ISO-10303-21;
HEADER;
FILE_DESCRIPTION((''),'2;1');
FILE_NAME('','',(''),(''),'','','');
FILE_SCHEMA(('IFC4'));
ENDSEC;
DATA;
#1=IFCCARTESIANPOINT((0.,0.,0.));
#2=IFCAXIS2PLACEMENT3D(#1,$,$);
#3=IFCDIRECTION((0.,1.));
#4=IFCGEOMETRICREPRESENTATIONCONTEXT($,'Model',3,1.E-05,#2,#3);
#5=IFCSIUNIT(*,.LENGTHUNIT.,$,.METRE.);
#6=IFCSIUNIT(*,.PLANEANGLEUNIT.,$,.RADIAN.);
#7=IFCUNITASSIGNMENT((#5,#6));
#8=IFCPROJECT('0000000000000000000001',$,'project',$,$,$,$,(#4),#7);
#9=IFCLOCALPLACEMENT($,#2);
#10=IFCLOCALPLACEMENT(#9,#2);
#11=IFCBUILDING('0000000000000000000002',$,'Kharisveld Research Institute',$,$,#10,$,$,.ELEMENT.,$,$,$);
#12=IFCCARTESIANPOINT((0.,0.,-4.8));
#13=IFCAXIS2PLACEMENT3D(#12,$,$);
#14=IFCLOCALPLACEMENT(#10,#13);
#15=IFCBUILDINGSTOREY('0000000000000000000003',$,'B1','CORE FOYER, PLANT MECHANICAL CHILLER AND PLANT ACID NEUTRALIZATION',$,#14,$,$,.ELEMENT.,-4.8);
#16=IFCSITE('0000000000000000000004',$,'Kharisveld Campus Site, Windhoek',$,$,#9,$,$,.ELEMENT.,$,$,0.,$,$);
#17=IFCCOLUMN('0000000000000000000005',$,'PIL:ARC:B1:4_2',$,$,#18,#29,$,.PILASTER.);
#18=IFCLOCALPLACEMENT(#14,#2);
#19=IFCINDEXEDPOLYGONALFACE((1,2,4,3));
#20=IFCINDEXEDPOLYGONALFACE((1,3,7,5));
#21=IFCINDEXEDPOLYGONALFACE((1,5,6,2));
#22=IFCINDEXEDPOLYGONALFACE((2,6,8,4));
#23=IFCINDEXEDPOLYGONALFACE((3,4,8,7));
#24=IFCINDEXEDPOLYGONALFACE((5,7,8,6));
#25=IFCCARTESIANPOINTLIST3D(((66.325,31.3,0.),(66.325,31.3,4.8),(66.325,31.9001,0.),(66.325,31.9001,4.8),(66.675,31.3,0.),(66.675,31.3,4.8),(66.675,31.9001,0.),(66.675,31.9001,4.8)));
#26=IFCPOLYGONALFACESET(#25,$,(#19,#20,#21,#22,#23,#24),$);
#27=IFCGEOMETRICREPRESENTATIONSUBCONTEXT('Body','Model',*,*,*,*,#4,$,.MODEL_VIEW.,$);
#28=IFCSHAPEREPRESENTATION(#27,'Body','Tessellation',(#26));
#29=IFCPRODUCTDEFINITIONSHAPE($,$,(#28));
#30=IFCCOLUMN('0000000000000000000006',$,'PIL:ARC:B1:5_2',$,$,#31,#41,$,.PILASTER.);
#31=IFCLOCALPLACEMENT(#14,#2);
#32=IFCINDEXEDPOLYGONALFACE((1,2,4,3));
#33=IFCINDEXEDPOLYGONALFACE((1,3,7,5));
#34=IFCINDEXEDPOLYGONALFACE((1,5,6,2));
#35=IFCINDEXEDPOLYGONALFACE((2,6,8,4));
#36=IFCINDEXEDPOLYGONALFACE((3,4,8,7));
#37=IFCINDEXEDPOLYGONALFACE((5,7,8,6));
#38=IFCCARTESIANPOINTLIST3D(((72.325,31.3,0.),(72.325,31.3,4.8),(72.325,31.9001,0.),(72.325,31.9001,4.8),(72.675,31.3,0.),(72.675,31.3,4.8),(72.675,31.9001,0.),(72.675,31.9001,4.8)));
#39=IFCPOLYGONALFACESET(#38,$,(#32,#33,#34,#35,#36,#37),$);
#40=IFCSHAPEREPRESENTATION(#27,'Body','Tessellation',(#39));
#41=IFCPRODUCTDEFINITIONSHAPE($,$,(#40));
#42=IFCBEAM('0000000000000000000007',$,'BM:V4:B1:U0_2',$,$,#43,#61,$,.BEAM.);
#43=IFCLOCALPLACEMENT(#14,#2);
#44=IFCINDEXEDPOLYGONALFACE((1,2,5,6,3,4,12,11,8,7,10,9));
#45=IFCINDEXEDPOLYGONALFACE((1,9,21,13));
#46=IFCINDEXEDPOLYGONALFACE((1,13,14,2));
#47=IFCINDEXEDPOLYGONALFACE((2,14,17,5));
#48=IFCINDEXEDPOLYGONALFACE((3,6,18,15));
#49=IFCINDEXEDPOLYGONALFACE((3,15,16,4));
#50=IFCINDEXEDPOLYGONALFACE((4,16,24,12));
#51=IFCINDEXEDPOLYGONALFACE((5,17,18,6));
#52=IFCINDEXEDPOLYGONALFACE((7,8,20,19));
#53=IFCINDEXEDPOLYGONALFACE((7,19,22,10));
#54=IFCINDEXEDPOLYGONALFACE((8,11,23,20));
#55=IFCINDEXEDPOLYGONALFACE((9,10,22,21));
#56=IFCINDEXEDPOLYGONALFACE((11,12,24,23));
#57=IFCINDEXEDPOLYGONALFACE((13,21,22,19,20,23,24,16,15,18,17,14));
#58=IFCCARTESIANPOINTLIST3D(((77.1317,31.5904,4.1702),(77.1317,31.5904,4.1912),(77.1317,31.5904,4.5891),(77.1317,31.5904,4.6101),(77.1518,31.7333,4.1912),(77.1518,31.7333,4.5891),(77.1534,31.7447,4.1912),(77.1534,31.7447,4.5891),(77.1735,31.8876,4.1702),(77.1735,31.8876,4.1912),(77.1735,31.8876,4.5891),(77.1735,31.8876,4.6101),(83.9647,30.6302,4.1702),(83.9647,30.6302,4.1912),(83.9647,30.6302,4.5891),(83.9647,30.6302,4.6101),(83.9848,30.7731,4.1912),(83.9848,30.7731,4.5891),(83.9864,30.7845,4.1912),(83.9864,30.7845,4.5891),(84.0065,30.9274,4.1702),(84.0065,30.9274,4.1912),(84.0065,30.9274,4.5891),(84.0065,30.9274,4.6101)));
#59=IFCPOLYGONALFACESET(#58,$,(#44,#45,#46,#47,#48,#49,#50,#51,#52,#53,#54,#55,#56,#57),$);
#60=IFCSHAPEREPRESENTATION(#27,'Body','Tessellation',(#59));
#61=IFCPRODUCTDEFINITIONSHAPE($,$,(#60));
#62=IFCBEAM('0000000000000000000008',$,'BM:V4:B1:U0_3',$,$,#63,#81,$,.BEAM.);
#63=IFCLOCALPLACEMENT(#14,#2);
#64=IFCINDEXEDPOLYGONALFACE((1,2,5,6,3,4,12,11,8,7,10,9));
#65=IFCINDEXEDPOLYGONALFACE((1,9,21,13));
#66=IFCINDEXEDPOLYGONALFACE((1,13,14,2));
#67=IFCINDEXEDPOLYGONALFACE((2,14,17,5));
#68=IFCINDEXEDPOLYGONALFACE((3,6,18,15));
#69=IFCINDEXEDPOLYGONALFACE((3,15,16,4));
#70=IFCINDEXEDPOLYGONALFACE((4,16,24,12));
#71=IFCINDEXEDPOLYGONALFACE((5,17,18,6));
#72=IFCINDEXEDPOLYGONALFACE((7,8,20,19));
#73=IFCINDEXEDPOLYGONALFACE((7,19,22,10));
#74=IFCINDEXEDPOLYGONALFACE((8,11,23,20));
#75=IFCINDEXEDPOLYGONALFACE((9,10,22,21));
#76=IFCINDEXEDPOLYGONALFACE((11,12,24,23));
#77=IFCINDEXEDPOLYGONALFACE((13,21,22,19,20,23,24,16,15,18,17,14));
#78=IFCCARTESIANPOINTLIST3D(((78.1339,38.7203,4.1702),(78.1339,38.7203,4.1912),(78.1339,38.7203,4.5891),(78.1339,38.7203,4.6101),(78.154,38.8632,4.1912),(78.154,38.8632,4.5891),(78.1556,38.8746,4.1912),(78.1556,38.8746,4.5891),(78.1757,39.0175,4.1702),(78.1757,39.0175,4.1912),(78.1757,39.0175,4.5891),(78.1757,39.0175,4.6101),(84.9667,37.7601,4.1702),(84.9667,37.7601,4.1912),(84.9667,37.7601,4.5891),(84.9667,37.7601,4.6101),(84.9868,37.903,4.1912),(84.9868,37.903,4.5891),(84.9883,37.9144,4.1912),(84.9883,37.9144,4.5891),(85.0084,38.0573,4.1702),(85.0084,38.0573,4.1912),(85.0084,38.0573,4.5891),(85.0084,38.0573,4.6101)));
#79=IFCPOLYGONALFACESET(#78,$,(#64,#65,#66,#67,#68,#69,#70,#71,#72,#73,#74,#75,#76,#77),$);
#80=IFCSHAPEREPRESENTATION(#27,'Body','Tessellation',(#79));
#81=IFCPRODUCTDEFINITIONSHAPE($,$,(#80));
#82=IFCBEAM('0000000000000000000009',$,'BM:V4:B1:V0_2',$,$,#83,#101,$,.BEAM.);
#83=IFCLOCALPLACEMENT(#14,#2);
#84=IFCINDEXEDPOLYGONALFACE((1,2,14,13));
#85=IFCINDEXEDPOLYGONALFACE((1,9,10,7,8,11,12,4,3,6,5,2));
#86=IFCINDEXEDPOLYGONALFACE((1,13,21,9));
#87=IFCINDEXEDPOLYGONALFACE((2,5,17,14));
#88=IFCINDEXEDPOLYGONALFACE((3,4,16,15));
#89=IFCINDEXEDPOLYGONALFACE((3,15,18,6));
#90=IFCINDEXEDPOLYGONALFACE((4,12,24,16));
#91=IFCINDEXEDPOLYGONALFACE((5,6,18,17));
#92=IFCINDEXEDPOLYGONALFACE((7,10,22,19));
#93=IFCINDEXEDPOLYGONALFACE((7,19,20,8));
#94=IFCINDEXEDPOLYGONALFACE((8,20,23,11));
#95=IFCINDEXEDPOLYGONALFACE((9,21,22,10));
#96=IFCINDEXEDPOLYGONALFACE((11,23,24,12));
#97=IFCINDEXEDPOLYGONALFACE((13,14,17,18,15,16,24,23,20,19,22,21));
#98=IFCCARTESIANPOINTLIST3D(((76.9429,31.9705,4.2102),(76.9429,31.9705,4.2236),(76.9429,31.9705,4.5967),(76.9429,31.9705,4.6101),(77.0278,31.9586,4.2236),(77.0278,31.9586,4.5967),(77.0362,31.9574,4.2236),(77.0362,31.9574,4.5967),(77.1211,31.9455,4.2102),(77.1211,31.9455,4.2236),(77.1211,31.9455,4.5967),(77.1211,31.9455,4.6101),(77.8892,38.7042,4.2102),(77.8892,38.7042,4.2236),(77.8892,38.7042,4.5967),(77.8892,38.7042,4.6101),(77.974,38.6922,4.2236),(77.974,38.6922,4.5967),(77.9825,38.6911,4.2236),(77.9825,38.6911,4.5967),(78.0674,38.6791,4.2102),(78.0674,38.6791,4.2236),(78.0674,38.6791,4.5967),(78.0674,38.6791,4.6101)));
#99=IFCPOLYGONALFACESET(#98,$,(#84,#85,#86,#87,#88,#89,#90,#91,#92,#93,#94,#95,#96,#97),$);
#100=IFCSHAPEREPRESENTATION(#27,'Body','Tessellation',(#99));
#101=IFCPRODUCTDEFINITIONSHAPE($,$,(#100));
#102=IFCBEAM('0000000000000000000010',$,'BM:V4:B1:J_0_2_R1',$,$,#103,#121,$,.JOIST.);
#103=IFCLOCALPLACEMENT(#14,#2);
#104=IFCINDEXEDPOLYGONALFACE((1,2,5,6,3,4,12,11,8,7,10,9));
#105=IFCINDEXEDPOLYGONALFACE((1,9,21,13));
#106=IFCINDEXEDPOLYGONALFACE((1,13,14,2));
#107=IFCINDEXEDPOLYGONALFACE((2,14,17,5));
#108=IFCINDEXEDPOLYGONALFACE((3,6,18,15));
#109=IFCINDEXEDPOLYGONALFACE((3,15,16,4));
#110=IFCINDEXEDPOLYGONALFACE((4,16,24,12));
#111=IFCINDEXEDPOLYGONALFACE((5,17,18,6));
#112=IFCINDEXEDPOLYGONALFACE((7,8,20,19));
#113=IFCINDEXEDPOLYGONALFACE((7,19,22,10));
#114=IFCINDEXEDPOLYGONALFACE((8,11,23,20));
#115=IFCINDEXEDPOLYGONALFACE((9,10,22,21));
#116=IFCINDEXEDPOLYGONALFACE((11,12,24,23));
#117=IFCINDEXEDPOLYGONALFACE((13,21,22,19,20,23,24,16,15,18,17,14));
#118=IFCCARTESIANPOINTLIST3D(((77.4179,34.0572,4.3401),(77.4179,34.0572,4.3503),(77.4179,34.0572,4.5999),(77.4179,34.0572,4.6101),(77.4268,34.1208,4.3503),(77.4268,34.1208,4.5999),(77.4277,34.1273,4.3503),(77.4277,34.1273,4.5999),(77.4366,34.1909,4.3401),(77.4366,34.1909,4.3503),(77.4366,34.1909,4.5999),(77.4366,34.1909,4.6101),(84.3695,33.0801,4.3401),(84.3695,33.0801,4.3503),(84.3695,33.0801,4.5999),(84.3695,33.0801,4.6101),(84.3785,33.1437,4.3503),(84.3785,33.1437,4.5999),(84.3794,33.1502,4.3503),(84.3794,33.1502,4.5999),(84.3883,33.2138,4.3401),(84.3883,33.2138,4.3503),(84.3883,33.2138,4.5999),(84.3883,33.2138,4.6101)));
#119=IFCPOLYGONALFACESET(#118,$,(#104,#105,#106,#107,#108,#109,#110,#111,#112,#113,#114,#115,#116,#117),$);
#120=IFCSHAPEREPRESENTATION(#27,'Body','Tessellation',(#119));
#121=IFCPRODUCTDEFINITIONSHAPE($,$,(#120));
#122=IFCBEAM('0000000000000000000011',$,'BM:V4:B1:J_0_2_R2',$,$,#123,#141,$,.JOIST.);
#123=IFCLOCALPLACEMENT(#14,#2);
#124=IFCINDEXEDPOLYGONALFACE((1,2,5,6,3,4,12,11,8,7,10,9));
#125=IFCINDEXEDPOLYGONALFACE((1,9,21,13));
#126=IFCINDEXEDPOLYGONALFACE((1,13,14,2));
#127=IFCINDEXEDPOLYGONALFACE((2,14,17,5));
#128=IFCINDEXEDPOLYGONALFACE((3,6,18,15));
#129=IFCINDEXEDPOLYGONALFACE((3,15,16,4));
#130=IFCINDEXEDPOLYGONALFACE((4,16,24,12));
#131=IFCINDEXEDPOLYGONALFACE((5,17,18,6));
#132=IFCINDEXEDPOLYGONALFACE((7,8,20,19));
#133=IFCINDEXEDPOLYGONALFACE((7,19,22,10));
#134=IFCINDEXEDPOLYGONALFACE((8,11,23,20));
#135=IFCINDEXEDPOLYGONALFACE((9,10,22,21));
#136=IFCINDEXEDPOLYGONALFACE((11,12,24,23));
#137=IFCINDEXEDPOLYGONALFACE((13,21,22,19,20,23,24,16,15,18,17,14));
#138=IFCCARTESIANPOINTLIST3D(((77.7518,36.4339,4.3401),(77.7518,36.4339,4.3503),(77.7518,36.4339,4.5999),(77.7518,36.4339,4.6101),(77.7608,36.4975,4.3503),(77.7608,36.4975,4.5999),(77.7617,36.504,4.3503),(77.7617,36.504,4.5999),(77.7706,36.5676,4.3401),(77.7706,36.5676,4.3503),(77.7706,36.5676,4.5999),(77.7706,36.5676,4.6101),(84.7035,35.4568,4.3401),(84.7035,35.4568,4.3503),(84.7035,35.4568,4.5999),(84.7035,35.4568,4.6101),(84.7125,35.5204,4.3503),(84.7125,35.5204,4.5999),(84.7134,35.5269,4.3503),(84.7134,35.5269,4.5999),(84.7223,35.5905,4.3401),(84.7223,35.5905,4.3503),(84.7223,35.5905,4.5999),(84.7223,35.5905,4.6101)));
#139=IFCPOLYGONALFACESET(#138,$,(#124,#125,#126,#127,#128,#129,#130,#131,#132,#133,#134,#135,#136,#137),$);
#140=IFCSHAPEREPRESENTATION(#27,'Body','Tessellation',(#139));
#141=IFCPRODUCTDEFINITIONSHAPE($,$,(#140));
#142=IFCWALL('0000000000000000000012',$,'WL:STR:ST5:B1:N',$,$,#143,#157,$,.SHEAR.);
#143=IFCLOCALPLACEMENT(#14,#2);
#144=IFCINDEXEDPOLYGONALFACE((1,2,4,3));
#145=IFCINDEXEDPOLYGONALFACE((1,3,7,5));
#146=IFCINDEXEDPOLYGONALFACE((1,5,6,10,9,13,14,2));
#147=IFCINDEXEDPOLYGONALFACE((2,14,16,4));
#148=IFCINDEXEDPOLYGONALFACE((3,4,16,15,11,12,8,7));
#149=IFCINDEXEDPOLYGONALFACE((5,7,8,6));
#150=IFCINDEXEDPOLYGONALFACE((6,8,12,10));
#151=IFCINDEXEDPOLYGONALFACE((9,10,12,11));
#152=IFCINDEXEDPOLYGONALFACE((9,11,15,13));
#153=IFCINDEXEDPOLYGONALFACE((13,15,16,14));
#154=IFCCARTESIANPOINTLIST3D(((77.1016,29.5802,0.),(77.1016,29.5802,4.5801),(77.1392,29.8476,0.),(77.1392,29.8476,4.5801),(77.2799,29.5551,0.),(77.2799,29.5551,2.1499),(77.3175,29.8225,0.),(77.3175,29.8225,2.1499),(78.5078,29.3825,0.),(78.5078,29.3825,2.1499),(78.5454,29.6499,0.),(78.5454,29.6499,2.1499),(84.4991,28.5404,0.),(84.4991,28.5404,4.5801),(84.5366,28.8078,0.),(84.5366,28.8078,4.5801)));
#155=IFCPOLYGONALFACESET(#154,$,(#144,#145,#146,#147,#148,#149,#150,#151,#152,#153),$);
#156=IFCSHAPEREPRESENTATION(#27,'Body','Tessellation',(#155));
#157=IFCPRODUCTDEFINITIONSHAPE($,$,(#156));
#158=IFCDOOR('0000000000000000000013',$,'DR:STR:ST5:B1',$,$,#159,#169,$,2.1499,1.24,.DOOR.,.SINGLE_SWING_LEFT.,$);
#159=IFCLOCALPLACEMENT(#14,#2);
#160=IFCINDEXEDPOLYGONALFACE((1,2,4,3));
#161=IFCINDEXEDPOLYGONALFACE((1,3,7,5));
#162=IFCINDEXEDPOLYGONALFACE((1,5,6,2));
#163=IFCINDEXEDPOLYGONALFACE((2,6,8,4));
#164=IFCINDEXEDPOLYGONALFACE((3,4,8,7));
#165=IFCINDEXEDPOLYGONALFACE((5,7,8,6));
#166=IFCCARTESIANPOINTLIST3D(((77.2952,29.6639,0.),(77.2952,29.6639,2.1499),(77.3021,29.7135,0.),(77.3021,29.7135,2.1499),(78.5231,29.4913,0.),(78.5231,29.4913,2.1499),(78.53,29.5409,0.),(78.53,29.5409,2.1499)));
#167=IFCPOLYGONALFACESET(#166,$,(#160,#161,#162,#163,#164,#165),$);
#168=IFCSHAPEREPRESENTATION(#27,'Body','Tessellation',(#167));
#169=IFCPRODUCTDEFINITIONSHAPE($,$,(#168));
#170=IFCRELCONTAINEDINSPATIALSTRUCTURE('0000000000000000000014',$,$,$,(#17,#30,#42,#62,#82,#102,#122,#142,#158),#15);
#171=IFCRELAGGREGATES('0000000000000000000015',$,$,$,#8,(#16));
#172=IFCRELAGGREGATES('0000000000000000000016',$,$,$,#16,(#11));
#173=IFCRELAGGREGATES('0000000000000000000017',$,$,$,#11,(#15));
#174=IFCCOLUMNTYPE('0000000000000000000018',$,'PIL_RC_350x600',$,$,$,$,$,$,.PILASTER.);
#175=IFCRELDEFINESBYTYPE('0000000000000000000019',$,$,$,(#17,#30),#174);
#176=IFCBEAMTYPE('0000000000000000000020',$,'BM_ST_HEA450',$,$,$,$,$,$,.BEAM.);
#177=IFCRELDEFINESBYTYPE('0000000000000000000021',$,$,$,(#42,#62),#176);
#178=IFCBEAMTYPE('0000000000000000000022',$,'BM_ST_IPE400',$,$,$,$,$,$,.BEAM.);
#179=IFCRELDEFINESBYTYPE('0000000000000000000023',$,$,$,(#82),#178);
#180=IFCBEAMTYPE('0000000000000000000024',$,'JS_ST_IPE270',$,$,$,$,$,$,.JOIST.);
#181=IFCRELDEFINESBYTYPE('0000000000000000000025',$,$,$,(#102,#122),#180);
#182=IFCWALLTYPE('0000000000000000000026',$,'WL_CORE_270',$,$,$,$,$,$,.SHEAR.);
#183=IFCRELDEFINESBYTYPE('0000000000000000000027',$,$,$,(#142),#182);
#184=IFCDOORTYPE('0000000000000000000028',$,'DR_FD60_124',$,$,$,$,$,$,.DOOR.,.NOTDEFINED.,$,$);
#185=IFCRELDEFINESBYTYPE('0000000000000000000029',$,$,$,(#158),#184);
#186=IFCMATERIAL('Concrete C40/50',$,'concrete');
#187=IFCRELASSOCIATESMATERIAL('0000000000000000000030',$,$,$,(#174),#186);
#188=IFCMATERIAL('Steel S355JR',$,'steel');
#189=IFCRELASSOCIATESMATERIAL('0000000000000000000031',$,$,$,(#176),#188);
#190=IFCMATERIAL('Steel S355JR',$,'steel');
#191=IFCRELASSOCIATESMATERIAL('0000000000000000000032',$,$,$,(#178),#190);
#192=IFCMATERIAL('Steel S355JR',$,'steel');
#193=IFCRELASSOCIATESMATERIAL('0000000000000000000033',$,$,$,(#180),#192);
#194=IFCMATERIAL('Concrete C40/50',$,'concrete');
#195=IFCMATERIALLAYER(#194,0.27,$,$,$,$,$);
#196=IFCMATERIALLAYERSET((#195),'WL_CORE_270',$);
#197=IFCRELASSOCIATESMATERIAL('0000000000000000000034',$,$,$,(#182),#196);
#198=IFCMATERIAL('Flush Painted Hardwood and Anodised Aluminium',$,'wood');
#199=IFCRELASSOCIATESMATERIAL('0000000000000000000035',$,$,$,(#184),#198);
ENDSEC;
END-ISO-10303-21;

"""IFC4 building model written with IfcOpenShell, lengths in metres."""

from ifc_helpers import new_model, si_unit, direction, frame, frame_2d, origin, origin_2d, place, context, subcontext, project, spatial, rectangle, i_section, extrude, material, layer, layer_set, material_profile, profile_set, type_object, element, fill, save


model = new_model("IFC4")

# Units and contexts
model_context = context("Model", 3, precision=1e-05, world=origin(), true_north=direction((0.0, 1.0)))
body_context = subcontext(model_context, "Body", "Model", "MODEL_VIEW")
ifc_project = project(units=[si_unit("LENGTHUNIT", "METRE"), si_unit("PLANEANGLEUNIT", "RADIAN")], contexts=[model_context])

# Site, building, storey
site_placement = place(None, origin())
site = spatial("IfcSite", under=ifc_project, at=site_placement, Name="Kharisveld Campus Site, Windhoek", CompositionType="ELEMENT", RefElevation=0.0)
building_placement = place(site_placement, origin())
building = spatial("IfcBuilding", under=site, at=building_placement, Name="Kharisveld Research Institute", CompositionType="ELEMENT")
storey_placement = place(building_placement, frame((0.0, 0.0, -4.8)))
storey = spatial("IfcBuildingStorey", under=building, at=storey_placement, Name="B1", Description="CORE FOYER, PLANT MECHANICAL CHILLER AND PLANT ACID NEUTRALIZATION", CompositionType="ELEMENT", Elevation=-4.8)

# Columns
ifc_material_1 = material(Name="Concrete C40/50", Category="concrete")
ifc_material_profile_1 = material_profile(ifc_material_1, rectangle(XDim=0.3501, YDim=0.6001, at=origin_2d()))
ifc_profile_set_1 = profile_set([ifc_material_profile_1], Name="Concrete C40/50")
column_type_1 = type_object("IfcColumnType", Name="PIL_RC_350x600", PredefinedType="PILASTER", material=ifc_profile_set_1)
for number, where, z_axis, x_axis, name in (
    (1, (66.5, 31.6001, 0.0), (0.0, 0.0, 1.0), (1.0, 0.0, 0.0), "PIL:ARC:B1:4_2"),
    (2, (72.5, 31.6001, 0.0), (0.0, 0.0, 1.0), (1.0, 0.0, 0.0), "PIL:ARC:B1:5_2"),
):
    element("IfcColumn", number, at=place(storey_placement, frame(where, z_axis=z_axis, x_axis=x_axis)), inside=storey, type_object=column_type_1, Name=name, PredefinedType="PILASTER", context=body_context, shape_type="SweptSolid", body=[
        extrude(rectangle(XDim=0.3501, YDim=0.6001, at=origin_2d()), origin(), (0.0, 0.0, 1.0), 4.8),
    ])

# Beams
ifc_material_2 = material(Name="Steel S355JR", Category="steel")
ifc_material_profile_2 = material_profile(ifc_material_2, i_section(OverallWidth=0.3, OverallDepth=0.4399, WebThickness=0.0115, FlangeThickness=0.021, at=origin_2d()))
ifc_profile_set_2 = profile_set([ifc_material_profile_2], Name="Steel S355JR")
beam_type_1 = type_object("IfcBeamType", Name="BM_ST_HEA450", PredefinedType="BEAM", material=ifc_profile_set_2)
beam_1_placement = place(storey_placement, frame((77.1526, 31.739, 4.3901), z_axis=(0.99027, -0.139157, 0.0), x_axis=(0.139157, 0.99027, 0.0)))
element("IfcBeam", 3, at=beam_1_placement, inside=storey, type_object=beam_type_1, Name="BM:V4:B1:U0_2", PredefinedType="BEAM", context=body_context, shape_type="SweptSolid", body=[
    extrude(i_section(OverallWidth=0.3, OverallDepth=0.4399, WebThickness=0.0115, FlangeThickness=0.021, at=origin_2d()), origin(), (0.0, 0.0, 1.0), 6.9001),
])
beam_2_placement = place(storey_placement, frame((78.1548, 38.8689, 4.3901), z_axis=(0.99027, -0.139162, 0.0), x_axis=(0.139162, 0.99027, 0.0)))
element("IfcBeam", 4, at=beam_2_placement, inside=storey, type_object=beam_type_1, Name="BM:V4:B1:U0_3", PredefinedType="BEAM", context=body_context, shape_type="SweptSolid", body=[
    extrude(i_section(OverallWidth=0.3, OverallDepth=0.4399, WebThickness=0.0115, FlangeThickness=0.021, at=origin_2d()), origin(), (0.0, 0.0, 1.0), 6.8999),
])
ifc_material_3 = material(Name="Steel S355JR", Category="steel")
ifc_material_profile_3 = material_profile(ifc_material_3, i_section(OverallWidth=0.1799, OverallDepth=0.3999, WebThickness=0.0085, FlangeThickness=0.0134, at=origin_2d()))
ifc_profile_set_3 = profile_set([ifc_material_profile_3], Name="Steel S355JR")
beam_type_2 = type_object("IfcBeamType", Name="BM_ST_IPE400", PredefinedType="BEAM", material=ifc_profile_set_3)
beam_3_placement = place(storey_placement, frame((77.032, 31.958, 4.4102), z_axis=(0.139164, 0.990269, 0.0), x_axis=(-0.990269, 0.139164, 0.0)))
element("IfcBeam", 5, at=beam_3_placement, inside=storey, type_object=beam_type_2, Name="BM:V4:B1:V0_2", PredefinedType="BEAM", context=body_context, shape_type="SweptSolid", body=[
    extrude(i_section(OverallWidth=0.1799, OverallDepth=0.3999, WebThickness=0.0085, FlangeThickness=0.0134, at=origin_2d()), origin(), (0.0, 0.0, 1.0), 6.7998),
])
ifc_material_4 = material(Name="Steel S355JR", Category="steel")
ifc_material_profile_4 = material_profile(ifc_material_4, i_section(OverallWidth=0.135, OverallDepth=0.27, WebThickness=0.0066, FlangeThickness=0.0103, at=origin_2d()))
ifc_profile_set_4 = profile_set([ifc_material_profile_4], Name="Steel S355JR")
beam_type_3 = type_object("IfcBeamType", Name="JS_ST_IPE270", PredefinedType="JOIST", material=ifc_profile_set_4)
for number, where, z_axis, x_axis, name in (
    (6, (77.4272, 34.124, 4.4751), (0.990267, -0.139181, 0.0), (0.139181, 0.990267, 0.0), "BM:V4:B1:J_0_2_R1"),
    (7, (77.7612, 36.5007, 4.4751), (0.990267, -0.139181, 0.0), (0.139181, 0.990267, 0.0), "BM:V4:B1:J_0_2_R2"),
):
    element("IfcBeam", number, at=place(storey_placement, frame(where, z_axis=z_axis, x_axis=x_axis)), inside=storey, type_object=beam_type_3, Name=name, PredefinedType="JOIST", context=body_context, shape_type="SweptSolid", body=[
        extrude(i_section(OverallWidth=0.135, OverallDepth=0.27, WebThickness=0.0066, FlangeThickness=0.0103, at=origin_2d()), origin(), (0.0, 0.0, 1.0), 7.02),
    ])

# Wall, opening, door
ifc_material_5 = material(Name="Concrete C40/50", Category="concrete")
ifc_layer = layer(ifc_material_5, 0.27)
ifc_layer_set = layer_set([ifc_layer], Name="WL_CORE_270")
wall_type = type_object("IfcWallType", Name="WL_CORE_270", PredefinedType="SHEAR", material=ifc_layer_set)
wall_placement = place(storey_placement, frame((77.1204, 29.7139, 0.0), z_axis=(0.0, 0.0, 1.0), x_axis=(0.990265, -0.139193, 0.0)))
wall = element("IfcWall", 8, at=wall_placement, inside=storey, type_object=wall_type, Name="WL:STR:ST5:B1:N", PredefinedType="SHEAR", context=body_context, shape_type="SweptSolid", body=[
    extrude(rectangle(XDim=7.4702, YDim=0.27, at=frame_2d((3.7351, 0.0))), origin(), (0.0, 0.0, 1.0), 4.5801),
])
opening_placement = place(wall_placement, frame((0.1799, 0.0, 0.0)))
opening = element("IfcOpeningElement", 9, at=opening_placement, cuts=wall, PredefinedType="OPENING", context=body_context, shape_type="SweptSolid", body=[
    extrude(rectangle(XDim=1.24, YDim=2.1499, at=frame_2d((0.6201, 1.075))), frame((0.0, 0.135, 0.0), z_axis=(0.0, -1.0, 0.0), x_axis=(1.0, 0.0, 0.0)), (0.0, 0.0, 1.0), 0.27),
])
ifc_material_6 = material(Name="Flush Painted Hardwood and Anodised Aluminium", Category="wood")
door_type = type_object("IfcDoorType", Name="DR_FD60_124", OperationType="NOTDEFINED", PredefinedType="DOOR", material=ifc_material_6)
door_placement = place(opening_placement, origin())
door = element("IfcDoor", 10, at=door_placement, inside=storey, type_object=door_type, Name="DR:STR:ST5:B1", OperationType="SINGLE_SWING_LEFT", OverallHeight=2.1499, OverallWidth=1.24, PredefinedType="DOOR", context=body_context, shape_type="SweptSolid", body=[
    extrude(rectangle(XDim=1.24, YDim=2.1499, at=frame_2d((0.6201, 1.075))), frame((0.0, 0.0249, 0.0), z_axis=(0.0, -1.0, 0.0), x_axis=(1.0, 0.0, 0.0)), (0.0, 0.0, 1.0), 0.05),
])
fill(opening, door)

save(model, "model.ifc")
